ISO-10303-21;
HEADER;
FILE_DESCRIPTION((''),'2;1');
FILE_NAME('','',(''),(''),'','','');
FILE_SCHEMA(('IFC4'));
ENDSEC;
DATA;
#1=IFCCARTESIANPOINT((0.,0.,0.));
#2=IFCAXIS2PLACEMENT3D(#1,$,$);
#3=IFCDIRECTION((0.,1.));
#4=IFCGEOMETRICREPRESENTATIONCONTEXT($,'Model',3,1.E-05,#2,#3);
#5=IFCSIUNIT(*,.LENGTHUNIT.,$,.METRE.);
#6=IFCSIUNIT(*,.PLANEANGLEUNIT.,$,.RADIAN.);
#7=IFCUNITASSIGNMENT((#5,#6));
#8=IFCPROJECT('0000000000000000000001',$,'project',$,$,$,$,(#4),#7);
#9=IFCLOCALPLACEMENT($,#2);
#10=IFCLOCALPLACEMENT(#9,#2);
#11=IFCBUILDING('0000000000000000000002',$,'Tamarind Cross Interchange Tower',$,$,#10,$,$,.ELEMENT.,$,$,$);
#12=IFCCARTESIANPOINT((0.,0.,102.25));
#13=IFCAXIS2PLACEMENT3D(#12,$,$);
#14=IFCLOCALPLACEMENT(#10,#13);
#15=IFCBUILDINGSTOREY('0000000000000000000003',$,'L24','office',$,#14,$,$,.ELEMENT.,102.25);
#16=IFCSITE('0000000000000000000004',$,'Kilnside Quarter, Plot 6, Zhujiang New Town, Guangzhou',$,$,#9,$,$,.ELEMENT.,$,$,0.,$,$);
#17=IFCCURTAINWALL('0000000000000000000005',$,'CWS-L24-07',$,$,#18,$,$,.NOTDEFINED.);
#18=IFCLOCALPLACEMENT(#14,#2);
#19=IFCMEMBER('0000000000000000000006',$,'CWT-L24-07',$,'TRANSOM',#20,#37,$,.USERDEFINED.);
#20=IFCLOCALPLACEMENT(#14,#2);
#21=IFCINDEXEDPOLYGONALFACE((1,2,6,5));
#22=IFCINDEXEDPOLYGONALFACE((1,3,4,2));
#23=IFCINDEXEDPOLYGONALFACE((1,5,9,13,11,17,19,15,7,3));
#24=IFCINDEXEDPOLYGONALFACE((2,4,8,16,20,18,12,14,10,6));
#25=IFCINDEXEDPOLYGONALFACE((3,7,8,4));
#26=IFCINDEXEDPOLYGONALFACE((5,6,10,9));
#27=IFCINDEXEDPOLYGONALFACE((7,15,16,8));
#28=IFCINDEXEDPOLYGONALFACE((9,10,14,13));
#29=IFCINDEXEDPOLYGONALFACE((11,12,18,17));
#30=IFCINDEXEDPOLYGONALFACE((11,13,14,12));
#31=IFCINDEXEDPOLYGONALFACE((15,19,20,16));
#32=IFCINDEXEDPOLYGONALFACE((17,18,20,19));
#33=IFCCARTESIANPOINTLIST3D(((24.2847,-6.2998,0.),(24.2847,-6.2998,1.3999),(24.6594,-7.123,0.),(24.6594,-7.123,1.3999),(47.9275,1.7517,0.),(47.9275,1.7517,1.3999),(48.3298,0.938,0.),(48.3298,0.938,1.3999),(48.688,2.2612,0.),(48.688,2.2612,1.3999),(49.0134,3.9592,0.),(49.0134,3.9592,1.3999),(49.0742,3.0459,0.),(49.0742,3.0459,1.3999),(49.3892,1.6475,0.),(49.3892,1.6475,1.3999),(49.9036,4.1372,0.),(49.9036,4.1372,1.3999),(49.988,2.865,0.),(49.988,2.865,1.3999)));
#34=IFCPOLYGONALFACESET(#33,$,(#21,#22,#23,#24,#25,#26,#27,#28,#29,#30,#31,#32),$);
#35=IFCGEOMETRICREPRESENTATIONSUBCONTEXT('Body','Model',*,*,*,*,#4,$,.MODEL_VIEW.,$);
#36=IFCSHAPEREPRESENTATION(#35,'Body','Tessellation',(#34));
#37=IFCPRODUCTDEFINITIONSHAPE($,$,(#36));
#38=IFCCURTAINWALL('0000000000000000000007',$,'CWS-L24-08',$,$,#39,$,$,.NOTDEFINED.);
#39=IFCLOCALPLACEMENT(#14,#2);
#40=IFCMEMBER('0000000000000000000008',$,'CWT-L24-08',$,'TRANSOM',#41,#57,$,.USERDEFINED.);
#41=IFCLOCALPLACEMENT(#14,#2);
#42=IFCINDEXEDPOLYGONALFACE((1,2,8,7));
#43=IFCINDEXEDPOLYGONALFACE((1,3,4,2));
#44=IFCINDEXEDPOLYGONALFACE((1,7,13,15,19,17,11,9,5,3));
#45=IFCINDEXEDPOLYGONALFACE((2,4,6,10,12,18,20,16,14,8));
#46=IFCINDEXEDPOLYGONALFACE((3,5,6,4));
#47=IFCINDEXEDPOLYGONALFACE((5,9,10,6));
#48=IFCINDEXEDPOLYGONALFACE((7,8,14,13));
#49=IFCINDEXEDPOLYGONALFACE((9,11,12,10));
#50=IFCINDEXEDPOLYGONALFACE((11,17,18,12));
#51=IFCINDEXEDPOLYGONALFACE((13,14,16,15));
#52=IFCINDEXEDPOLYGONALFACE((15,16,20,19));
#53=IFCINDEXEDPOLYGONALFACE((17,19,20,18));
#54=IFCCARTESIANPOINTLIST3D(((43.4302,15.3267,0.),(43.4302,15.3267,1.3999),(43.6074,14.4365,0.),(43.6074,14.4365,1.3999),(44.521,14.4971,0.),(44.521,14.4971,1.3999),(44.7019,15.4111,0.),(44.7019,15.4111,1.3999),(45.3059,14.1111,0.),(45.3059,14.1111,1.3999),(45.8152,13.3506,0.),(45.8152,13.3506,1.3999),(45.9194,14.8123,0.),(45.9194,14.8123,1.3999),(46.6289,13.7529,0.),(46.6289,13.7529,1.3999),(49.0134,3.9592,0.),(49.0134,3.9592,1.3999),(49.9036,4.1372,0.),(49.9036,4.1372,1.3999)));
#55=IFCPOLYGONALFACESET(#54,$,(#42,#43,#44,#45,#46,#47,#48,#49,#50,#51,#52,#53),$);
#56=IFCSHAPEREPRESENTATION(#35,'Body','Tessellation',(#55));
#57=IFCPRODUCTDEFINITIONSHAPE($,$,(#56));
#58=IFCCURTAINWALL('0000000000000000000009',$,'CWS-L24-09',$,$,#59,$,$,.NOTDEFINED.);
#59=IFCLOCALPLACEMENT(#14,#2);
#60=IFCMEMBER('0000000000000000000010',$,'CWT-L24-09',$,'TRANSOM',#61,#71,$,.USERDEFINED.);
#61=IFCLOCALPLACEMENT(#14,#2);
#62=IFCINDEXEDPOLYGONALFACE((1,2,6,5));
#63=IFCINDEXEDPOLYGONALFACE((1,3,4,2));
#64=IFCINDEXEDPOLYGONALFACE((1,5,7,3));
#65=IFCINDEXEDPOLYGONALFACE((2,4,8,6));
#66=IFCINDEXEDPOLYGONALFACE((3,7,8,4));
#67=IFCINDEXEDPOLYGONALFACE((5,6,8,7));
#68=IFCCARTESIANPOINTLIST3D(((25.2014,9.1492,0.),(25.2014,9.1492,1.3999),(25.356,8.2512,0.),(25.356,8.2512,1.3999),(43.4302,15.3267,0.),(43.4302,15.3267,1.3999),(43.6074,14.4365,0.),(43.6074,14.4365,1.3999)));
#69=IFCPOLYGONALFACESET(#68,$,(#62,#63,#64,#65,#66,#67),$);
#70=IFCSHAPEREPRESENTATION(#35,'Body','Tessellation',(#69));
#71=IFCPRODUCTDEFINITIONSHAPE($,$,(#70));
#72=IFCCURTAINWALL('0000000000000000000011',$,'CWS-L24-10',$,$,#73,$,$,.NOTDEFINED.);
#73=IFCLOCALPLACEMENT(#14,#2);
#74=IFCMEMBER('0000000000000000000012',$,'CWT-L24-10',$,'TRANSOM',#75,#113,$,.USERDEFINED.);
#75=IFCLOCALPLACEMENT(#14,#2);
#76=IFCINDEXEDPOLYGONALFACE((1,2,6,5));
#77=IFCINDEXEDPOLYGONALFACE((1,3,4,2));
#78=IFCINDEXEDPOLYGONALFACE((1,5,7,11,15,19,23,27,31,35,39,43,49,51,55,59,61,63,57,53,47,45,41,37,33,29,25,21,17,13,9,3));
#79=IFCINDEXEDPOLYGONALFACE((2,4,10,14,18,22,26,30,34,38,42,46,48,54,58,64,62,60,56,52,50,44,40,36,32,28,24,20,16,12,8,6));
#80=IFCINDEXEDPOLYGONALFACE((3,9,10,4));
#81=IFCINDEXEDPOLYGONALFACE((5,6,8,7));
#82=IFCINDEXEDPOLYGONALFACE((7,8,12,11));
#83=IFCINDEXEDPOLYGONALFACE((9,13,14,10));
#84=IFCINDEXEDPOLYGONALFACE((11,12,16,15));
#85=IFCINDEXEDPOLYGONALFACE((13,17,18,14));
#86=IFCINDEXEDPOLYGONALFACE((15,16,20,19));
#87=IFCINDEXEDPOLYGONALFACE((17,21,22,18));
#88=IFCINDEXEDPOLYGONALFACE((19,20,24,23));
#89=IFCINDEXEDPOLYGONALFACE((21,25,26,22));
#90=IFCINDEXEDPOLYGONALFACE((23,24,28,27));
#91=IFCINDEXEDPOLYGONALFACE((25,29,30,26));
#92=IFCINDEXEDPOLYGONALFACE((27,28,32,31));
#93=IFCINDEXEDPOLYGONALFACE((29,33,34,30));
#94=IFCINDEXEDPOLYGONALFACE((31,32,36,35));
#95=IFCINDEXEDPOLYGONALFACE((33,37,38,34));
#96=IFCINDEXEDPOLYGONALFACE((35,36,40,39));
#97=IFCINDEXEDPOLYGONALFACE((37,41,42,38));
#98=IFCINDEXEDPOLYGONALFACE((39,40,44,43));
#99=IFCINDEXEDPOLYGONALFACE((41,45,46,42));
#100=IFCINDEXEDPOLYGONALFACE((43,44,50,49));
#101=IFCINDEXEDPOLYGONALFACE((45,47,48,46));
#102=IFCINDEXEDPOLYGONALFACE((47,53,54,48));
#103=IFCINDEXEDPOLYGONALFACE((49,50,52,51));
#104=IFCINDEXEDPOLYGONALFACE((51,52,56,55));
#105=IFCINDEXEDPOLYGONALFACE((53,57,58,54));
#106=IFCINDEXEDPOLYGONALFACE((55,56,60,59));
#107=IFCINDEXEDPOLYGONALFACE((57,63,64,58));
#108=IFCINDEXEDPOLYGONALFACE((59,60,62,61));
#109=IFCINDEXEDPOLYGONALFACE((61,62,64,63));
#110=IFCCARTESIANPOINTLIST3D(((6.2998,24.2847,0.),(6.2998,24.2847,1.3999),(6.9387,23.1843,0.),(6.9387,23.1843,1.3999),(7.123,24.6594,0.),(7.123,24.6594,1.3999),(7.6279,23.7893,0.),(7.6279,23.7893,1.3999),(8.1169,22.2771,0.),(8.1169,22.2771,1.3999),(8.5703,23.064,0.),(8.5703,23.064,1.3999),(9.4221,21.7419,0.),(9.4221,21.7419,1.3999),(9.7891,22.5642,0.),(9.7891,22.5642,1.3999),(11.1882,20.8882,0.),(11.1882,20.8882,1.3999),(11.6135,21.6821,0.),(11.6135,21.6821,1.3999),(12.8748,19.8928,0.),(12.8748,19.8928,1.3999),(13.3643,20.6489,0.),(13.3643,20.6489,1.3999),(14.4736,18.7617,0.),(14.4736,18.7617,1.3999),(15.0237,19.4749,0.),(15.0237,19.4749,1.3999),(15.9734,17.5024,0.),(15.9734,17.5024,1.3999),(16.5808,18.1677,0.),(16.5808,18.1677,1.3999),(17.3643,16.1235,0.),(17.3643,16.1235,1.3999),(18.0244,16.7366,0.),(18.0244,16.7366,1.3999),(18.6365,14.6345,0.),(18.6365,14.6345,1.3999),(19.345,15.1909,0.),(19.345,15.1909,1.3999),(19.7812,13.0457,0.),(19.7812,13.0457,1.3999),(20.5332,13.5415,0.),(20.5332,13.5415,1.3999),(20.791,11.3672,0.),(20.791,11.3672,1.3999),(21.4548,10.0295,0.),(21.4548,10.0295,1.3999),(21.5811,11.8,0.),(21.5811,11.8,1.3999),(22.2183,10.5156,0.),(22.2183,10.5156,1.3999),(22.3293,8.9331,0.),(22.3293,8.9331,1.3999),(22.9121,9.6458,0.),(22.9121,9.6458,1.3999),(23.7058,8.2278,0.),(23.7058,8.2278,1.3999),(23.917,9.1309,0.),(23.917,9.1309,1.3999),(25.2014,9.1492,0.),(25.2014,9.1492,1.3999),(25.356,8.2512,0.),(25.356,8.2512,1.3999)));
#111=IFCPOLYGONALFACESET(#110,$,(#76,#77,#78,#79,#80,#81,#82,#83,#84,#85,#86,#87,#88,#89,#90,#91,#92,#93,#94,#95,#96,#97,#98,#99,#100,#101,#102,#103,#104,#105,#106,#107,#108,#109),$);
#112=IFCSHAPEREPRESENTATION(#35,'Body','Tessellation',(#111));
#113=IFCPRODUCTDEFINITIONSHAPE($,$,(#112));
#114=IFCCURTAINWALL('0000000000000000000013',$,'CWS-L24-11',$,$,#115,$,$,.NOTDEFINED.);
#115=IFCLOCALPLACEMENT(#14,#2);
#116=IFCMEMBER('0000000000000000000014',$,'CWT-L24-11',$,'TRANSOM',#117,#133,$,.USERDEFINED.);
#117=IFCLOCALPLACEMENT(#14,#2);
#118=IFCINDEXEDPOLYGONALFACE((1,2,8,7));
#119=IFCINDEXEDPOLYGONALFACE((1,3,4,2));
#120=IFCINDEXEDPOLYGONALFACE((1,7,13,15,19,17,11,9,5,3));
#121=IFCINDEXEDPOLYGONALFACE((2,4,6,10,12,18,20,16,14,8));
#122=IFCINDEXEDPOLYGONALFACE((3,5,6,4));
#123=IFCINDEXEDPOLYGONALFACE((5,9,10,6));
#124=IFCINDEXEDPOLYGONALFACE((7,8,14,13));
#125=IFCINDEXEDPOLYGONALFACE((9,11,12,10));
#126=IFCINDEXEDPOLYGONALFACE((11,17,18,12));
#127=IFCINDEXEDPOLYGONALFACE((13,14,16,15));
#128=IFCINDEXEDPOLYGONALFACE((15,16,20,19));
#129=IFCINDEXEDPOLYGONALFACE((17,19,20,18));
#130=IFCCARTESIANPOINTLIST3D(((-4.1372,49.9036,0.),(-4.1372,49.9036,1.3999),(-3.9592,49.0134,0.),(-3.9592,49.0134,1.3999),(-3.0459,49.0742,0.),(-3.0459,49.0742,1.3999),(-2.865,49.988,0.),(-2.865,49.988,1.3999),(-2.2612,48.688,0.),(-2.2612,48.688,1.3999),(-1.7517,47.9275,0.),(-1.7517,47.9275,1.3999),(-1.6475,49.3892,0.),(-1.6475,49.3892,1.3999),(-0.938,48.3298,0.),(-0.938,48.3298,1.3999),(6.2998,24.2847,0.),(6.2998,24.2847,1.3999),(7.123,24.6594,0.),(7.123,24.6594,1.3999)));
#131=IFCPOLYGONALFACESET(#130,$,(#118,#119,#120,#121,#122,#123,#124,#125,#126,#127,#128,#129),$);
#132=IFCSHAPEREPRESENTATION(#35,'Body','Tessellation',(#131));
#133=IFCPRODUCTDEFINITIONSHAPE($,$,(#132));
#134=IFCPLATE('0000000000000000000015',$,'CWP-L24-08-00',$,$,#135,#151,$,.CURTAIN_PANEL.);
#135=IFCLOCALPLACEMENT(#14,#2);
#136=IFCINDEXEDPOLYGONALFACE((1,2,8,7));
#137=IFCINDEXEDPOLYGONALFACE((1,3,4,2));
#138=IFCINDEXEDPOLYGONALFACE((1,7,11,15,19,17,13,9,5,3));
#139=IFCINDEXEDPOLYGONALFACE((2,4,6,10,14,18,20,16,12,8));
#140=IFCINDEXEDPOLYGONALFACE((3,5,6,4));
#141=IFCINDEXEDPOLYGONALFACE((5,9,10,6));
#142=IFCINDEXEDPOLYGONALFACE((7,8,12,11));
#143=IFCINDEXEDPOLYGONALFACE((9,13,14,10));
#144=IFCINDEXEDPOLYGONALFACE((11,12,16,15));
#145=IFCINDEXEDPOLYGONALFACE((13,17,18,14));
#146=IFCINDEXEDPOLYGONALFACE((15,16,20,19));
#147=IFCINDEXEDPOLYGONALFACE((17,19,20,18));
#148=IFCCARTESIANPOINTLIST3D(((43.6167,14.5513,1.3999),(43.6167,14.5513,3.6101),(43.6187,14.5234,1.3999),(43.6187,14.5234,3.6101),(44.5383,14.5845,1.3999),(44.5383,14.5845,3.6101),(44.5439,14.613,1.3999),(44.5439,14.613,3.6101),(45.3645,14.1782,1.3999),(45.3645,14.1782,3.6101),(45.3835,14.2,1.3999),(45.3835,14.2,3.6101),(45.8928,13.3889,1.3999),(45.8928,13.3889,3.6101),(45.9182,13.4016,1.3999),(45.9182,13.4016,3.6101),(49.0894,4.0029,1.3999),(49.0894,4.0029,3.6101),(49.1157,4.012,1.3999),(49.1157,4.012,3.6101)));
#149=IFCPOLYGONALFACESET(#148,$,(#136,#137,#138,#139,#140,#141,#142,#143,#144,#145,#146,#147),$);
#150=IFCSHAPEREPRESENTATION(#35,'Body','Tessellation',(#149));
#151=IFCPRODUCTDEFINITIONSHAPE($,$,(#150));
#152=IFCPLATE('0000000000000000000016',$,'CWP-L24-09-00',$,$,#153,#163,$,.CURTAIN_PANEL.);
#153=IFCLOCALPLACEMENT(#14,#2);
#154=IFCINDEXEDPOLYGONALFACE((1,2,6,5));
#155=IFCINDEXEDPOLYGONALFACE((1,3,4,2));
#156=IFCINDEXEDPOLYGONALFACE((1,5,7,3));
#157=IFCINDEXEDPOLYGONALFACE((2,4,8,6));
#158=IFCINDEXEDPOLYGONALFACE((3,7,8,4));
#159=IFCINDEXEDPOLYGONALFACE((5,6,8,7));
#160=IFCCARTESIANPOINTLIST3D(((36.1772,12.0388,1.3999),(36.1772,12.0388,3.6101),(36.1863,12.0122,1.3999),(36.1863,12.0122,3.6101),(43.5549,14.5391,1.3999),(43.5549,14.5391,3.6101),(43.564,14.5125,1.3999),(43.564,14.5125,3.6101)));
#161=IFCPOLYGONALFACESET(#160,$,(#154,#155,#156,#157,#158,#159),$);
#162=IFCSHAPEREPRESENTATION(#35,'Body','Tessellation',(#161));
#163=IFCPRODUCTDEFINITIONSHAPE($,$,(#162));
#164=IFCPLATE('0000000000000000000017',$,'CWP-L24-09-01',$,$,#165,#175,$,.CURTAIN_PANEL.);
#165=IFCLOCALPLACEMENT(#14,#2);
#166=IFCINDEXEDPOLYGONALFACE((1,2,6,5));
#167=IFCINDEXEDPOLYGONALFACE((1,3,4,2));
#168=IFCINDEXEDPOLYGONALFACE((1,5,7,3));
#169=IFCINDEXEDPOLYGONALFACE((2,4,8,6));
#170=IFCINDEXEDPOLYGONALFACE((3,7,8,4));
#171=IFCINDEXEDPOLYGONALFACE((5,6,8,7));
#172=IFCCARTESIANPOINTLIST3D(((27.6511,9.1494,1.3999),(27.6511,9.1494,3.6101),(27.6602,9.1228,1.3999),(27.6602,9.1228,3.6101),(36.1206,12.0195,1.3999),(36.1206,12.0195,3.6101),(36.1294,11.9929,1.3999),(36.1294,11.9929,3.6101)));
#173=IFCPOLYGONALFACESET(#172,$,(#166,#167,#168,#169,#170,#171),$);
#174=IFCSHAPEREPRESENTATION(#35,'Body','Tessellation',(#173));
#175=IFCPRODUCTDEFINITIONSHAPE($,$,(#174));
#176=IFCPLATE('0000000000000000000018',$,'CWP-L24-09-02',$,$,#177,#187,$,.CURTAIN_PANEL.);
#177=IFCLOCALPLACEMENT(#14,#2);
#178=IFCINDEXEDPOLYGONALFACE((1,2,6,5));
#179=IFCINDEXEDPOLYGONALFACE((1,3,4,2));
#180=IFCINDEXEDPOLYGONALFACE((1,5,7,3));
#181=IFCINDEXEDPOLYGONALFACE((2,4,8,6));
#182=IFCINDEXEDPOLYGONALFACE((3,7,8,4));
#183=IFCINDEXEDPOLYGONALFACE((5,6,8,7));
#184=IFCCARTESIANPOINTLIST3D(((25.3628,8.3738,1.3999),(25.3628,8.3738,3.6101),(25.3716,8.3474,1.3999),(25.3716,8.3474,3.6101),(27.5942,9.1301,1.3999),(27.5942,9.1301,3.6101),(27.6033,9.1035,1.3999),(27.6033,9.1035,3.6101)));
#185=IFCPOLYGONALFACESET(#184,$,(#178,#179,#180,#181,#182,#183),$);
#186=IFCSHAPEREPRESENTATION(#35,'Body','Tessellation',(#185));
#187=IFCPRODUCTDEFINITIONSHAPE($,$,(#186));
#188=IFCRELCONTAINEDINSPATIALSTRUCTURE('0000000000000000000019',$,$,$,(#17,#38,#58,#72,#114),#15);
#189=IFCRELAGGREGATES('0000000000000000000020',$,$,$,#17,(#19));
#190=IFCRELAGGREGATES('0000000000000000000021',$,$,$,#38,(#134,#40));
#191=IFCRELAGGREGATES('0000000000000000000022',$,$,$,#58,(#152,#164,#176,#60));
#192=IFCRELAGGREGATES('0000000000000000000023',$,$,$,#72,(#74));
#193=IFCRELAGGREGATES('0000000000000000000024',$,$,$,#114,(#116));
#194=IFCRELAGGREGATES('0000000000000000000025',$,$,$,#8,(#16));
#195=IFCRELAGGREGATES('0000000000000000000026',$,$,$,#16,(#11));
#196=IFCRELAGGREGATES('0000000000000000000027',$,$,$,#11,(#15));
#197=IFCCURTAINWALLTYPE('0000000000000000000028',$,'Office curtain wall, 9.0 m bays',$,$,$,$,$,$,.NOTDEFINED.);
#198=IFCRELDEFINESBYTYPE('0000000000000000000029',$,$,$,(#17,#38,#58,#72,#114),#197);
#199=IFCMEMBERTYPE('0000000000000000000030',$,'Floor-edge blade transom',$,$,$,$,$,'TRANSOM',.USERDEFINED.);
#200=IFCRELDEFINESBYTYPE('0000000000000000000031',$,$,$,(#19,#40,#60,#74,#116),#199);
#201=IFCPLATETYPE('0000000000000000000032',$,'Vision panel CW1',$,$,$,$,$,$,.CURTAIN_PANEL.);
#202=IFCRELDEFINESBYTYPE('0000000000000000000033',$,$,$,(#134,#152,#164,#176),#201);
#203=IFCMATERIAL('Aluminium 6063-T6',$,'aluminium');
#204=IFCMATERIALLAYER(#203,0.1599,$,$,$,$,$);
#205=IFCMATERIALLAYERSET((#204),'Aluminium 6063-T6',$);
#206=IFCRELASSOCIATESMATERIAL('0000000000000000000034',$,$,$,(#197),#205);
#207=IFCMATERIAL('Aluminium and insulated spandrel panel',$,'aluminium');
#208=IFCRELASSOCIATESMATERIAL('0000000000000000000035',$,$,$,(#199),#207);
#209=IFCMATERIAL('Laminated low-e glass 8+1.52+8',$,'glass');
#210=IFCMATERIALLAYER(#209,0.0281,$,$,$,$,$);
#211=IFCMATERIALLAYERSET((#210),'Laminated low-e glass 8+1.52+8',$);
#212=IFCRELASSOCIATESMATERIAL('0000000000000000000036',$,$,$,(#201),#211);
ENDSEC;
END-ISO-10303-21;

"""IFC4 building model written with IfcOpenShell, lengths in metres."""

from ifc_helpers import new_model, si_unit, direction, frame, origin, place, context, subcontext, project, spatial, polyline, outline, extrude, material, layer, layer_set, type_object, element, aggregate, save


model = new_model("IFC4")

# Units and contexts
model_context = context("Model", 3, precision=1e-05, world=origin(), true_north=direction((0.0, 1.0)))
body_context = subcontext(model_context, "Body", "Model", "MODEL_VIEW")
ifc_project = project(units=[si_unit("LENGTHUNIT", "METRE"), si_unit("PLANEANGLEUNIT", "RADIAN")], contexts=[model_context])

# Site, building, storey
site_placement = place(None, origin())
site = spatial("IfcSite", under=ifc_project, at=site_placement, Name="Kilnside Quarter, Plot 6, Zhujiang New Town, Guangzhou", CompositionType="ELEMENT", RefElevation=0.0)
building_placement = place(site_placement, origin())
building = spatial("IfcBuilding", under=site, at=building_placement, Name="Tamarind Cross Interchange Tower", CompositionType="ELEMENT")
storey_placement = place(building_placement, frame((0.0, 0.0, 102.25)))
storey = spatial("IfcBuildingStorey", under=building, at=storey_placement, Name="L24", Description="office", CompositionType="ELEMENT", Elevation=102.25)

# Curtain walls, members
ifc_material_1 = material(Name="Aluminium 6063-T6", Category="aluminium")
ifc_layer_1 = layer(ifc_material_1, 0.1599)
ifc_layer_set_1 = layer_set([ifc_layer_1], Name="Aluminium 6063-T6")
curtain_wall_type = type_object("IfcCurtainWallType", Name="Office curtain wall, 9.0 m bays", PredefinedType="NOTDEFINED", material=ifc_layer_set_1)
curtain_wall_1_placement = place(storey_placement, origin())
curtain_wall_1 = element("IfcCurtainWall", 1, at=curtain_wall_1_placement, inside=storey, type_object=curtain_wall_type, Name="CWS-L24-07", PredefinedType="NOTDEFINED")
ifc_material_2 = material(Name="Aluminium and insulated spandrel panel", Category="aluminium")
member_type = type_object("IfcMemberType", Name="Floor-edge blade transom", ElementType="TRANSOM", PredefinedType="USERDEFINED", material=ifc_material_2)
member_1_placement = place(storey_placement, origin())
member_1 = element("IfcMember", 2, at=member_1_placement, type_object=member_type, Name="CWT-L24-07", ObjectType="TRANSOM", PredefinedType="USERDEFINED", context=body_context, shape_type="SweptSolid", body=[
    extrude(outline(polyline([(24.2847, -6.2998), (47.9275, 1.7517), (48.688, 2.2612), (49.0742, 3.0459), (49.0134, 3.9592), (49.9036, 4.1372), (49.988, 2.865), (49.3892, 1.6475), (48.3298, 0.938), (24.6594, -7.123), (24.2847, -6.2998)])), origin(), (0.0, 0.0, 1.0), 1.3999),
])
aggregate(curtain_wall_1, [member_1])
curtain_wall_2_placement = place(storey_placement, origin())
curtain_wall_2 = element("IfcCurtainWall", 3, at=curtain_wall_2_placement, inside=storey, type_object=curtain_wall_type, Name="CWS-L24-08", PredefinedType="NOTDEFINED")
member_2_placement = place(storey_placement, origin())
member_2 = element("IfcMember", 4, at=member_2_placement, type_object=member_type, Name="CWT-L24-08", ObjectType="TRANSOM", PredefinedType="USERDEFINED", context=body_context, shape_type="SweptSolid", body=[
    extrude(outline(polyline([(49.0134, 3.9592), (45.8152, 13.3506), (45.3059, 14.1111), (44.521, 14.4971), (43.6074, 14.4365), (43.4302, 15.3267), (44.7019, 15.4111), (45.9194, 14.8123), (46.6289, 13.7529), (49.9036, 4.1372), (49.0134, 3.9592)])), origin(), (0.0, 0.0, 1.0), 1.3999),
])
curtain_wall_3_placement = place(storey_placement, origin())
curtain_wall_3 = element("IfcCurtainWall", 5, at=curtain_wall_3_placement, inside=storey, type_object=curtain_wall_type, Name="CWS-L24-09", PredefinedType="NOTDEFINED")
member_3_placement = place(storey_placement, origin())
member_3 = element("IfcMember", 6, at=member_3_placement, type_object=member_type, Name="CWT-L24-09", ObjectType="TRANSOM", PredefinedType="USERDEFINED", context=body_context, shape_type="SweptSolid", body=[
    extrude(outline(polyline([(43.6074, 14.4365), (25.356, 8.2512), (25.2014, 9.1492), (43.4302, 15.3267), (43.6074, 14.4365)])), origin(), (0.0, 0.0, 1.0), 1.3999),
])
curtain_wall_4_placement = place(storey_placement, origin())
curtain_wall_4 = element("IfcCurtainWall", 7, at=curtain_wall_4_placement, inside=storey, type_object=curtain_wall_type, Name="CWS-L24-10", PredefinedType="NOTDEFINED")
member_4_placement = place(storey_placement, origin())
member_4 = element("IfcMember", 8, at=member_4_placement, type_object=member_type, Name="CWT-L24-10", ObjectType="TRANSOM", PredefinedType="USERDEFINED", context=body_context, shape_type="SweptSolid", body=[
    extrude(outline(polyline([(25.356, 8.2512), (23.7058, 8.2278), (22.3293, 8.9331), (21.4548, 10.0295), (20.791, 11.3672), (19.7812, 13.0457), (18.6365, 14.6345), (17.3643, 16.1235), (15.9734, 17.5024), (14.4736, 18.7617), (12.8748, 19.8928), (11.1882, 20.8882), (9.4221, 21.7419), (8.1169, 22.2771), (6.9387, 23.1843), (6.2998, 24.2847), (7.123, 24.6594), (7.6279, 23.7893), (8.5703, 23.064), (9.7891, 22.5642), (11.6135, 21.6821), (13.3643, 20.6489), (15.0237, 19.4749), (16.5808, 18.1677), (18.0244, 16.7366), (19.345, 15.1909), (20.5332, 13.5415), (21.5811, 11.8), (22.2183, 10.5156), (22.9121, 9.6458), (23.917, 9.1309), (25.2014, 9.1492), (25.356, 8.2512)])), origin(), (0.0, 0.0, 1.0), 1.3999),
])
curtain_wall_5_placement = place(storey_placement, origin())
curtain_wall_5 = element("IfcCurtainWall", 9, at=curtain_wall_5_placement, inside=storey, type_object=curtain_wall_type, Name="CWS-L24-11", PredefinedType="NOTDEFINED")
member_5_placement = place(storey_placement, origin())
member_5 = element("IfcMember", 10, at=member_5_placement, type_object=member_type, Name="CWT-L24-11", ObjectType="TRANSOM", PredefinedType="USERDEFINED", context=body_context, shape_type="SweptSolid", body=[
    extrude(outline(polyline([(6.2998, 24.2847), (-1.7517, 47.9275), (-2.2612, 48.688), (-3.0459, 49.0742), (-3.9592, 49.0134), (-4.1372, 49.9036), (-2.865, 49.988), (-1.6475, 49.3892), (-0.938, 48.3298), (7.123, 24.6594), (6.2998, 24.2847)])), origin(), (0.0, 0.0, 1.0), 1.3999),
])

# Plates
ifc_material_3 = material(Name="Laminated low-e glass 8+1.52+8", Category="glass")
ifc_layer_2 = layer(ifc_material_3, 0.0281)
ifc_layer_set_2 = layer_set([ifc_layer_2], Name="Laminated low-e glass 8+1.52+8")
plate_type = type_object("IfcPlateType", Name="Vision panel CW1", PredefinedType="CURTAIN_PANEL", material=ifc_layer_set_2)
plate_1_placement = place(storey_placement, frame((0.0, 0.0, 1.3999)))
plate_1 = element("IfcPlate", 11, at=plate_1_placement, type_object=plate_type, Name="CWP-L24-08-00", PredefinedType="CURTAIN_PANEL", context=body_context, shape_type="SweptSolid", body=[
    extrude(outline(polyline([(49.0894, 4.0029), (45.8928, 13.3889), (45.3645, 14.1782), (44.5383, 14.5845), (43.6187, 14.5234), (43.6167, 14.5513), (44.5439, 14.613), (45.3835, 14.2), (45.9182, 13.4016), (49.1157, 4.012), (49.0894, 4.0029)])), origin(), (0.0, 0.0, 1.0), 2.2102),
])
aggregate(curtain_wall_2, [plate_1, member_2])
plate_2_placement = place(storey_placement, frame((0.0, 0.0, 1.3999)))
plate_2 = element("IfcPlate", 12, at=plate_2_placement, type_object=plate_type, Name="CWP-L24-09-00", PredefinedType="CURTAIN_PANEL", context=body_context, shape_type="SweptSolid", body=[
    extrude(outline(polyline([(43.564, 14.5125), (36.1863, 12.0122), (36.1772, 12.0388), (43.5549, 14.5391), (43.564, 14.5125)])), origin(), (0.0, 0.0, 1.0), 2.2102),
])
plate_3_placement = place(storey_placement, frame((0.0, 0.0, 1.3999)))
plate_3 = element("IfcPlate", 13, at=plate_3_placement, type_object=plate_type, Name="CWP-L24-09-01", PredefinedType="CURTAIN_PANEL", context=body_context, shape_type="SweptSolid", body=[
    extrude(outline(polyline([(36.1294, 11.9929), (27.6602, 9.1228), (27.6511, 9.1494), (36.1206, 12.0195), (36.1294, 11.9929)])), origin(), (0.0, 0.0, 1.0), 2.2102),
])
plate_4_placement = place(storey_placement, frame((0.0, 0.0, 1.3999)))
plate_4 = element("IfcPlate", 14, at=plate_4_placement, type_object=plate_type, Name="CWP-L24-09-02", PredefinedType="CURTAIN_PANEL", context=body_context, shape_type="SweptSolid", body=[
    extrude(outline(polyline([(27.6033, 9.1035), (25.3716, 8.3474), (25.3628, 8.3738), (27.5942, 9.1301), (27.6033, 9.1035)])), origin(), (0.0, 0.0, 1.0), 2.2102),
])
aggregate(curtain_wall_3, [plate_2, plate_3, plate_4, member_3])
aggregate(curtain_wall_4, [member_4])
aggregate(curtain_wall_5, [member_5])

save(model, "model.ifc")
